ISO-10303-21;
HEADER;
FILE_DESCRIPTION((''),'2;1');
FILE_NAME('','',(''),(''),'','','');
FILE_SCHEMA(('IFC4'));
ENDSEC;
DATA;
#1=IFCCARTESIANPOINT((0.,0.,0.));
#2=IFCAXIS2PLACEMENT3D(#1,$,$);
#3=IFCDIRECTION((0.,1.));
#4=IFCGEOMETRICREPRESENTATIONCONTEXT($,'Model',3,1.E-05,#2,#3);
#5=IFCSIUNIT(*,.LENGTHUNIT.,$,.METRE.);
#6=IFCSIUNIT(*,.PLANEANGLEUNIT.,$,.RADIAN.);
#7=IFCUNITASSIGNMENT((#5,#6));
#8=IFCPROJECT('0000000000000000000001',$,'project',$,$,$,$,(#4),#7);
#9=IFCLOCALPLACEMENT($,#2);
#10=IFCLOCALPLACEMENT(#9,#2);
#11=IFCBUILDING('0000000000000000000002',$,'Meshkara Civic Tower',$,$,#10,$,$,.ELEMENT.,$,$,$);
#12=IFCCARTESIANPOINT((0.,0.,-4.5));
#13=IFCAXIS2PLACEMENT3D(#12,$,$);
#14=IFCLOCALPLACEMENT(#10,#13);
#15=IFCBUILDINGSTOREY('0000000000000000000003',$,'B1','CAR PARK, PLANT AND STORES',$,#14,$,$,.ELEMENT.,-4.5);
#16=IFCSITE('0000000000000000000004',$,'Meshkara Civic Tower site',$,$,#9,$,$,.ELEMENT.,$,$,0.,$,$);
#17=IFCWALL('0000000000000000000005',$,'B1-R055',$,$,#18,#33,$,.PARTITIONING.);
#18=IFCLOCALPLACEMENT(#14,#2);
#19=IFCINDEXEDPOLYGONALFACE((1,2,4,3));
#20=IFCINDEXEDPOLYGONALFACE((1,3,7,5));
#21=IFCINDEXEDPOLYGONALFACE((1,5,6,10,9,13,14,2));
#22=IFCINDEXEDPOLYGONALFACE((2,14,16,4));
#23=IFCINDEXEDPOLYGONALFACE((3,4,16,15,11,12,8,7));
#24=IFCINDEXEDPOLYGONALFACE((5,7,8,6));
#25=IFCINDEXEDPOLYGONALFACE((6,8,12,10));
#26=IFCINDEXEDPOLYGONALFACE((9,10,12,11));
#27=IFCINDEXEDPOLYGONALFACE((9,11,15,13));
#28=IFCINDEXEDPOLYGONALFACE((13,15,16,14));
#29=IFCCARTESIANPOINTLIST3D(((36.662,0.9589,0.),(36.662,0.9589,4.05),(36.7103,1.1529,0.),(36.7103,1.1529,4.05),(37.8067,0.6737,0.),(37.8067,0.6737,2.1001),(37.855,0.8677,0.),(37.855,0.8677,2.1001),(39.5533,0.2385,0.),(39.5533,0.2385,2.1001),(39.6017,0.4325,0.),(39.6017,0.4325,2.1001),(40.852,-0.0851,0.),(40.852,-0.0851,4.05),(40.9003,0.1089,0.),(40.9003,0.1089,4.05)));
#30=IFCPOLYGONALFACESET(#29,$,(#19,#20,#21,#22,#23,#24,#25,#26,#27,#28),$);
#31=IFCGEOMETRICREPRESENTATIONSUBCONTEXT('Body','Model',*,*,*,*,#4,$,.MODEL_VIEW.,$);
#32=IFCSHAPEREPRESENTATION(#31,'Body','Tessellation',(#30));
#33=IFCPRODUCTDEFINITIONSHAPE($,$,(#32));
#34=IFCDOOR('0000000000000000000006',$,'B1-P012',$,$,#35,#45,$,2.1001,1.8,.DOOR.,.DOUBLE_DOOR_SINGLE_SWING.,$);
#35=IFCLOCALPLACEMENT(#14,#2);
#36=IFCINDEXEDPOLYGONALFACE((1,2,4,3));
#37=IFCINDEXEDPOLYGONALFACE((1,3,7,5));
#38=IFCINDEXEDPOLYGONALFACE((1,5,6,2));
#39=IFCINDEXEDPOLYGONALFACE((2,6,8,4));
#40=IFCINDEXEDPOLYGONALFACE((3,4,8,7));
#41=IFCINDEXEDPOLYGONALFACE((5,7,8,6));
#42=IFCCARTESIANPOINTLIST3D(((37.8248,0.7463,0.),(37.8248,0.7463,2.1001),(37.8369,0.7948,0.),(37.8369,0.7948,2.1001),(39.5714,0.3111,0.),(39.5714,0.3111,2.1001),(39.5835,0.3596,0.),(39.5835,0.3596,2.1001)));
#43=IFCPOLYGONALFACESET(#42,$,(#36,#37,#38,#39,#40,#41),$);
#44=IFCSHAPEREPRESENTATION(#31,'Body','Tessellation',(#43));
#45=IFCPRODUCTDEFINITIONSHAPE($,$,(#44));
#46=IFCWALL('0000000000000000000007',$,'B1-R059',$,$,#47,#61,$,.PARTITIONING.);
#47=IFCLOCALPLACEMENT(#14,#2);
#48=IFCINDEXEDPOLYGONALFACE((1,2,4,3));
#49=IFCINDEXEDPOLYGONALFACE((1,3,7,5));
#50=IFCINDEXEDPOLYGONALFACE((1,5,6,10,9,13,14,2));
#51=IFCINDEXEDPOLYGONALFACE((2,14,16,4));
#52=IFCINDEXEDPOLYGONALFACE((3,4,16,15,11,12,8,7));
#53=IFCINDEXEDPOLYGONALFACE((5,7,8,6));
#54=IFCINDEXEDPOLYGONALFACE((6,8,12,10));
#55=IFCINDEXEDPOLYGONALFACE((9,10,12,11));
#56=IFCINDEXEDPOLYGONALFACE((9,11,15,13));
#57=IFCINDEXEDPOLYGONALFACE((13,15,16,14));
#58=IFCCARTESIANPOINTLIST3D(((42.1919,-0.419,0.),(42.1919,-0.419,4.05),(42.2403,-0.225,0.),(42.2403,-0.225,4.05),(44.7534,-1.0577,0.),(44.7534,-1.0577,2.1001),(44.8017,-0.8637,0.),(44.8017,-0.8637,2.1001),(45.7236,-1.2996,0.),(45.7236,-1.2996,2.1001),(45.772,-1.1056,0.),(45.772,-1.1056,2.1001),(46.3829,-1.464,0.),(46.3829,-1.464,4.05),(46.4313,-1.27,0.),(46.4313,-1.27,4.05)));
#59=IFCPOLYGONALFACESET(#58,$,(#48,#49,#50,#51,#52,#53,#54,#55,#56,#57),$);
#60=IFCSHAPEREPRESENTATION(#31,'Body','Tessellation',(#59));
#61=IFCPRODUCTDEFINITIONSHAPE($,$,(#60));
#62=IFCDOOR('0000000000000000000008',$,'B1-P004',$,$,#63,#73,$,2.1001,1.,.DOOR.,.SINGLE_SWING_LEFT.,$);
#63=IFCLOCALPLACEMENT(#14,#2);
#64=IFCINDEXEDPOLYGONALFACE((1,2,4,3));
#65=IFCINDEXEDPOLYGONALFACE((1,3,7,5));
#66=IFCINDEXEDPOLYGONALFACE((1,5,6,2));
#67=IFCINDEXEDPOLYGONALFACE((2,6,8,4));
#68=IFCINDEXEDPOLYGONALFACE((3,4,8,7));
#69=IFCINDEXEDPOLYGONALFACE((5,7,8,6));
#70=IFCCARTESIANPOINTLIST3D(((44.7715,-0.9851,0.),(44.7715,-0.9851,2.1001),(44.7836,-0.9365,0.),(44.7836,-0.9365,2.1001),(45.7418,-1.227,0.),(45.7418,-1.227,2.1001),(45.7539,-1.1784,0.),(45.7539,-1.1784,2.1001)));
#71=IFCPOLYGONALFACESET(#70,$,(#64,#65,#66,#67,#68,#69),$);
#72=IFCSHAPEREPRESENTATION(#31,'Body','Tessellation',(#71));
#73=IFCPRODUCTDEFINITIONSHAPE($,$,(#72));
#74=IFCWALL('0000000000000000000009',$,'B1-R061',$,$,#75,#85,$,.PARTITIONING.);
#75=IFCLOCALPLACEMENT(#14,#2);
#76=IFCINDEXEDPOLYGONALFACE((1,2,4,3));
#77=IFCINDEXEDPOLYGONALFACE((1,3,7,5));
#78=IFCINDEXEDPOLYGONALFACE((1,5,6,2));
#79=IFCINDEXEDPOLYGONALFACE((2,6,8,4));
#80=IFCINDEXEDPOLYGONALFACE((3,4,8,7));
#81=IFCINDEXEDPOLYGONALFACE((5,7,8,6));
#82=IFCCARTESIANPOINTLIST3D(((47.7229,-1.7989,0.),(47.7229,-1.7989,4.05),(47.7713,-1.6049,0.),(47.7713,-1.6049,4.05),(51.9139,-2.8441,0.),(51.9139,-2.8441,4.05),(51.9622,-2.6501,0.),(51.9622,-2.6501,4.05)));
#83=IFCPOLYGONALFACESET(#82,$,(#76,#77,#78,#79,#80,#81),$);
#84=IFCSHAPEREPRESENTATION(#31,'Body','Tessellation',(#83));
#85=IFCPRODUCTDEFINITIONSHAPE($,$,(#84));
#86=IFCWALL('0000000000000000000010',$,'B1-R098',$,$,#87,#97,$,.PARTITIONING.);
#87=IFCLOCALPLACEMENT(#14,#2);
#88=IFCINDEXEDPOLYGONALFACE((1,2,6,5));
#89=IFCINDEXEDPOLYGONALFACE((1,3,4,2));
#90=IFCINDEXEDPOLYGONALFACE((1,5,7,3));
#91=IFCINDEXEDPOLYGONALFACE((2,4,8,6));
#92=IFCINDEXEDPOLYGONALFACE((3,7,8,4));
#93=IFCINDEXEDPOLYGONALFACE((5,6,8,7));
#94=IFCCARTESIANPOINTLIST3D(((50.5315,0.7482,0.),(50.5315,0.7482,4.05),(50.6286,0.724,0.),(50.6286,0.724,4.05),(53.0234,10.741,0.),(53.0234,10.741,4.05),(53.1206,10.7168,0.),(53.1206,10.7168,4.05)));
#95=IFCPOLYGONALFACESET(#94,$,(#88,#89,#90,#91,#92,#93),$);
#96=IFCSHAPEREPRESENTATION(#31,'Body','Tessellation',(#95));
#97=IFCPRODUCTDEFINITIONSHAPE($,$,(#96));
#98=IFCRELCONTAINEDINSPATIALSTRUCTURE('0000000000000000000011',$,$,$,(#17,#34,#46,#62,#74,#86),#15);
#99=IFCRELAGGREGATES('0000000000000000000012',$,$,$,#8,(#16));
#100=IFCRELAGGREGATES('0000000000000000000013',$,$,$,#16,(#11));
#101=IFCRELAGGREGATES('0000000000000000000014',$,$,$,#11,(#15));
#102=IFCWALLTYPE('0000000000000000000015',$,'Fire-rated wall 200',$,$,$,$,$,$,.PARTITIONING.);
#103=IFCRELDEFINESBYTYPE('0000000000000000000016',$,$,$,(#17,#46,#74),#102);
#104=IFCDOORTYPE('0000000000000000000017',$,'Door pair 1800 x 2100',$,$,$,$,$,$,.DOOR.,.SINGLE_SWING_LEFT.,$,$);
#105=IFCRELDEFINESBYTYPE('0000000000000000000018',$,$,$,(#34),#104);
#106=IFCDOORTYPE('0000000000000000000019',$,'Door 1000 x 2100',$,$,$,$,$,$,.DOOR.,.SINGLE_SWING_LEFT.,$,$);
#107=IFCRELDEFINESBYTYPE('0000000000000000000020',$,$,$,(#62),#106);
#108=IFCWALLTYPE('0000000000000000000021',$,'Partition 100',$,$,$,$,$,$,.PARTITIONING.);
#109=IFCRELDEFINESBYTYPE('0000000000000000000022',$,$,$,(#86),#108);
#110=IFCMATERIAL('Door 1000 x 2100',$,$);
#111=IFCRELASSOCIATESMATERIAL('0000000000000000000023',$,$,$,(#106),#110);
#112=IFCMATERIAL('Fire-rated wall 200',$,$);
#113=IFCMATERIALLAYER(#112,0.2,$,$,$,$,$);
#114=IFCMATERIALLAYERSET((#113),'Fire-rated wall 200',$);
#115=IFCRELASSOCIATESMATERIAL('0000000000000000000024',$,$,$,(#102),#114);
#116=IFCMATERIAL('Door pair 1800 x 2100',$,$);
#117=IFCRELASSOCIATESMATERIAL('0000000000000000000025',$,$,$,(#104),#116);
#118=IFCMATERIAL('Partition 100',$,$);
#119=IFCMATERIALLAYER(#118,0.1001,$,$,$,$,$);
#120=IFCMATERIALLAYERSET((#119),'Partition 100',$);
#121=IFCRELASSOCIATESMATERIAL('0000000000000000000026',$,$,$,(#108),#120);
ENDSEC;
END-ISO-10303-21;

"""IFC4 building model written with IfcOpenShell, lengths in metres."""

from ifc_helpers import new_model, si_unit, direction, frame, frame_2d, origin, place, context, subcontext, project, spatial, rectangle, extrude, material, layer, layer_set, type_object, element, fill, save


model = new_model("IFC4")

# Units and contexts
model_context = context("Model", 3, precision=1e-05, world=origin(), true_north=direction((0.0, 1.0)))
body_context = subcontext(model_context, "Body", "Model", "MODEL_VIEW")
ifc_project = project(units=[si_unit("LENGTHUNIT", "METRE"), si_unit("PLANEANGLEUNIT", "RADIAN")], contexts=[model_context])

# Site, building, storey
site_placement = place(None, origin())
site = spatial("IfcSite", under=ifc_project, at=site_placement, Name="Meshkara Civic Tower site", CompositionType="ELEMENT", RefElevation=0.0)
building_placement = place(site_placement, origin())
building = spatial("IfcBuilding", under=site, at=building_placement, Name="Meshkara Civic Tower", CompositionType="ELEMENT")
storey_placement = place(building_placement, frame((0.0, 0.0, -4.5)))
storey = spatial("IfcBuildingStorey", under=building, at=storey_placement, Name="B1", Description="CAR PARK, PLANT AND STORES", CompositionType="ELEMENT", Elevation=-4.5)

# Shared definitions
ifc_material_1 = material(Name="Door 1000 x 2100")
door_type_1 = type_object("IfcDoorType", Name="Door 1000 x 2100", OperationType="SINGLE_SWING_LEFT", PredefinedType="DOOR", material=ifc_material_1)

# Walls, openings, doors
ifc_material_2 = material(Name="Fire-rated wall 200")
ifc_layer_1 = layer(ifc_material_2, 0.2)
ifc_layer_set_1 = layer_set([ifc_layer_1], Name="Fire-rated wall 200")
wall_type_1 = type_object("IfcWallType", Name="Fire-rated wall 200", PredefinedType="PARTITIONING", material=ifc_layer_set_1)
wall_1_placement = place(storey_placement, frame((36.686, 1.0559, 0.0), z_axis=(0.0, 0.0, 1.0), x_axis=(0.970335, -0.241764, 0.0)))
wall_1 = element("IfcWall", 1, at=wall_1_placement, inside=storey, type_object=wall_type_1, Name="B1-R055", PredefinedType="PARTITIONING", context=body_context, shape_type="SweptSolid", body=[
    extrude(rectangle(XDim=4.3181, YDim=0.2, at=frame_2d((2.1592, 0.0))), origin(), (0.0, 0.0, 1.0), 4.05),
])
opening_1_placement = place(wall_1_placement, frame((1.1799, 0.0, 0.0)))
opening_1 = element("IfcOpeningElement", 2, at=opening_1_placement, cuts=wall_1, PredefinedType="OPENING", context=body_context, shape_type="SweptSolid", body=[
    extrude(rectangle(XDim=1.8, YDim=2.1001, at=frame_2d((0.8999, 1.05))), frame((0.0, 0.1099, 0.0), z_axis=(0.0, -1.0, 0.0), x_axis=(1.0, 0.0, 0.0)), (0.0, 0.0, 1.0), 0.22),
])
ifc_material_3 = material(Name="Door pair 1800 x 2100")
door_type_2 = type_object("IfcDoorType", Name="Door pair 1800 x 2100", OperationType="SINGLE_SWING_LEFT", PredefinedType="DOOR", material=ifc_material_3)
door_1_placement = place(opening_1_placement, origin())
door_1 = element("IfcDoor", 3, at=door_1_placement, inside=storey, type_object=door_type_2, Name="B1-P012", OperationType="DOUBLE_DOOR_SINGLE_SWING", OverallHeight=2.1001, OverallWidth=1.8, PredefinedType="DOOR", context=body_context, shape_type="SweptSolid", body=[
    extrude(rectangle(XDim=1.8, YDim=2.1001, at=frame_2d((0.8999, 1.05))), frame((0.0, 0.0249, 0.0), z_axis=(0.0, -1.0, 0.0), x_axis=(1.0, 0.0, 0.0)), (0.0, 0.0, 1.0), 0.05),
])
fill(opening_1, door_1)
wall_2_placement = place(storey_placement, frame((42.2161, -0.322, 0.0), z_axis=(0.0, 0.0, 1.0), x_axis=(0.970295, -0.241924, 0.0)))
wall_2 = element("IfcWall", 4, at=wall_2_placement, inside=storey, type_object=wall_type_1, Name="B1-R059", PredefinedType="PARTITIONING", context=body_context, shape_type="SweptSolid", body=[
    extrude(rectangle(XDim=4.3193, YDim=0.2, at=frame_2d((2.1597, 0.0))), origin(), (0.0, 0.0, 1.0), 4.05),
])
opening_2_placement = place(wall_2_placement, frame((2.6399, 0.0, 0.0)))
opening_2 = element("IfcOpeningElement", 5, at=opening_2_placement, cuts=wall_2, PredefinedType="OPENING", context=body_context, shape_type="SweptSolid", body=[
    extrude(rectangle(XDim=1.0, YDim=2.1001, at=frame_2d((0.5, 1.05))), frame((0.0, 0.1099, 0.0), z_axis=(0.0, -1.0, 0.0), x_axis=(1.0, 0.0, 0.0)), (0.0, 0.0, 1.0), 0.22),
])
door_2_placement = place(opening_2_placement, origin())
door_2 = element("IfcDoor", 6, at=door_2_placement, inside=storey, type_object=door_type_1, Name="B1-P004", OperationType="SINGLE_SWING_LEFT", OverallHeight=2.1001, OverallWidth=1.0, PredefinedType="DOOR", context=body_context, shape_type="SweptSolid", body=[
    extrude(rectangle(XDim=1.0, YDim=2.1001, at=frame_2d((0.5, 1.05))), frame((0.0, 0.0249, 0.0), z_axis=(0.0, -1.0, 0.0), x_axis=(1.0, 0.0, 0.0)), (0.0, 0.0, 1.0), 0.05),
])
fill(opening_2, door_2)

# Walls
wall_3_placement = place(storey_placement, frame((47.7471, -1.7019, 0.0), z_axis=(0.0, 0.0, 1.0), x_axis=(0.970282, -0.241977, 0.0)))
element("IfcWall", 7, at=wall_3_placement, inside=storey, type_object=wall_type_1, Name="B1-R061", PredefinedType="PARTITIONING", context=body_context, shape_type="SweptSolid", body=[
    extrude(rectangle(XDim=4.3193, YDim=0.2, at=frame_2d((2.1597, 0.0))), origin(), (0.0, 0.0, 1.0), 4.05),
])
ifc_material_4 = material(Name="Partition 100")
ifc_layer_2 = layer(ifc_material_4, 0.1001)
ifc_layer_set_2 = layer_set([ifc_layer_2], Name="Partition 100")
wall_type_2 = type_object("IfcWallType", Name="Partition 100", PredefinedType="PARTITIONING", material=ifc_layer_set_2)
wall_4_placement = place(storey_placement, frame((50.5801, 0.7361, 0.0), z_axis=(0.0, 0.0, 1.0), x_axis=(0.241961, 0.970286, 0.0)))
element("IfcWall", 8, at=wall_4_placement, inside=storey, type_object=wall_type_2, Name="B1-R098", PredefinedType="PARTITIONING", context=body_context, shape_type="SweptSolid", body=[
    extrude(rectangle(XDim=10.2988, YDim=0.1001, at=frame_2d((5.1494, 0.0))), origin(), (0.0, 0.0, 1.0), 4.05),
])

save(model, "model.ifc")
